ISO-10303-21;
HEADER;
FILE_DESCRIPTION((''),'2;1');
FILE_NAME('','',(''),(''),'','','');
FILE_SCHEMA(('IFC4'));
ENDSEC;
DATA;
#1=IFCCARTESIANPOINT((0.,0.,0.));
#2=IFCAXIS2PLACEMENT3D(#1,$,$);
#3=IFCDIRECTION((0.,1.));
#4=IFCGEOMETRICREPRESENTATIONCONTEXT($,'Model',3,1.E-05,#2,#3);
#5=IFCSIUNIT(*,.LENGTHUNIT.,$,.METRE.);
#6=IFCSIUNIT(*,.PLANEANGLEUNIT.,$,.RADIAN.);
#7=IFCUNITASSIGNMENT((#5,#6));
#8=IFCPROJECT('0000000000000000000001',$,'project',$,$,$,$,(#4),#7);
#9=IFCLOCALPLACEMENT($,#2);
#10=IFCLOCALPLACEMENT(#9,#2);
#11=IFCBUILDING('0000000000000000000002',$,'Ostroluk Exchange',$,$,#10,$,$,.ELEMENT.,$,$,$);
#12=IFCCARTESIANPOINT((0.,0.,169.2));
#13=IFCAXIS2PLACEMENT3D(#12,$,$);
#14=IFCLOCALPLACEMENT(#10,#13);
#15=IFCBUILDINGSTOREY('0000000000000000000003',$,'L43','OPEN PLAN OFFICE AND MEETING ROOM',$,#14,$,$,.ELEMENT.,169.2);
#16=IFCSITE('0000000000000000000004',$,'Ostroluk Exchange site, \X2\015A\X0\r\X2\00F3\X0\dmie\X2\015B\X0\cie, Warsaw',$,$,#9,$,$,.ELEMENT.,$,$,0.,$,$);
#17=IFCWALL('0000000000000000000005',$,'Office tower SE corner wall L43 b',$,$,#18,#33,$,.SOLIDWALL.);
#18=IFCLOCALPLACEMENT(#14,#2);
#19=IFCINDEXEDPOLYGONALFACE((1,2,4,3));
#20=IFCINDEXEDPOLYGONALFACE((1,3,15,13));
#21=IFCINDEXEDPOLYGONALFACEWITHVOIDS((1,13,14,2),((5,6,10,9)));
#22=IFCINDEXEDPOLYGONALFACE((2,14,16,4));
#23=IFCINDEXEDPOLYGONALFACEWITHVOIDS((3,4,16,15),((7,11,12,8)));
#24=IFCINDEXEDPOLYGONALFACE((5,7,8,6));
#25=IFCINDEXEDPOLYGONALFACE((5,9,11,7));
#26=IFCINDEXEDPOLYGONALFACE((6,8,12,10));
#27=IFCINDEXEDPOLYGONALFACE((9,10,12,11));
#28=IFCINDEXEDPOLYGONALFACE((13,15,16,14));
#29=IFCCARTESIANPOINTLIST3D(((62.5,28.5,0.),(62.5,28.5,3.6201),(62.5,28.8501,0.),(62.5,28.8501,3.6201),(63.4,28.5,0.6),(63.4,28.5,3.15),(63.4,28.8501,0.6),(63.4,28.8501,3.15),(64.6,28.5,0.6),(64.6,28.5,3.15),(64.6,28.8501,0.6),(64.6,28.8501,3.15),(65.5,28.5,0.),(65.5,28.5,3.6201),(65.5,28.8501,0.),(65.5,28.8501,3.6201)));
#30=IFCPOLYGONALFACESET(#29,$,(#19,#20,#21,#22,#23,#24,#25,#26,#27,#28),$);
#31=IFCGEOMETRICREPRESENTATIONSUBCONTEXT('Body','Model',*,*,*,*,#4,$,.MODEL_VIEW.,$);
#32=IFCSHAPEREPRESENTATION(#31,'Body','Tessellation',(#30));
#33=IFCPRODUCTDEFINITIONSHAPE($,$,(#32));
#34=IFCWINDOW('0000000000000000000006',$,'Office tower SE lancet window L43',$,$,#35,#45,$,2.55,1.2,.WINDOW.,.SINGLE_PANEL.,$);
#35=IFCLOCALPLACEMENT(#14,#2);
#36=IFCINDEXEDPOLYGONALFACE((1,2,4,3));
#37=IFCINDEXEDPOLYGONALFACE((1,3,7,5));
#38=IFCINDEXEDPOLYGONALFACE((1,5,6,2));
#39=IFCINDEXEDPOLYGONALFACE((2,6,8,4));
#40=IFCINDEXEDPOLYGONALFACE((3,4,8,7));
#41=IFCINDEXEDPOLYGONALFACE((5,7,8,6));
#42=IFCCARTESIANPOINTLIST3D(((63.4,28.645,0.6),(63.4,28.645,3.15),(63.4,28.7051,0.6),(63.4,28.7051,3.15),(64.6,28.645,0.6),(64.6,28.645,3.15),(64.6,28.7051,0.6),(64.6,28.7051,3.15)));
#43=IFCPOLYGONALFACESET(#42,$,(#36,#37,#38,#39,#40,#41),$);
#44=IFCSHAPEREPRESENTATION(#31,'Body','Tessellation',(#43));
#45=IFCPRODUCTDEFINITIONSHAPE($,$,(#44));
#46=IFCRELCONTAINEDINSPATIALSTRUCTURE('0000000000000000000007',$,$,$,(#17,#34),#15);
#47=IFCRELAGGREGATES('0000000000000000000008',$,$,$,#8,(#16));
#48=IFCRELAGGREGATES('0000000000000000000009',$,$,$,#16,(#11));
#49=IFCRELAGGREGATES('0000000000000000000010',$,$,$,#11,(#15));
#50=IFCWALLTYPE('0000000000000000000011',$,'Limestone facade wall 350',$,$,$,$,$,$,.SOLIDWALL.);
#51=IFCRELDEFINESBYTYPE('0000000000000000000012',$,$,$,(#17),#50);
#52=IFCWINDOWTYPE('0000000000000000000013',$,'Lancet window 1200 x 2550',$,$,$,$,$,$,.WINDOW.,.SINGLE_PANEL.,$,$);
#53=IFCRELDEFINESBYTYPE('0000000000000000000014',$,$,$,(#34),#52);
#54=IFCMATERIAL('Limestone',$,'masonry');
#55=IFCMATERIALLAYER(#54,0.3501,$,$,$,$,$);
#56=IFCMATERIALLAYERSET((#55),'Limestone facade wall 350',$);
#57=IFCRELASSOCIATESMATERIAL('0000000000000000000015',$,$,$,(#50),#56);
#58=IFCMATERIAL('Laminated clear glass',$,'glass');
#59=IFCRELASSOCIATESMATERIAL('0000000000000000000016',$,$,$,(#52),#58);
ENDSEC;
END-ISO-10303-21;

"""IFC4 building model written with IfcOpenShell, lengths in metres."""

from ifc_helpers import new_model, si_unit, direction, frame, frame_2d, origin, place, context, subcontext, project, spatial, rectangle, extrude, material, layer, layer_set, type_object, element, fill, save


model = new_model("IFC4")

# Units and contexts
model_context = context("Model", 3, precision=1e-05, world=origin(), true_north=direction((0.0, 1.0)))
body_context = subcontext(model_context, "Body", "Model", "MODEL_VIEW")
ifc_project = project(units=[si_unit("LENGTHUNIT", "METRE"), si_unit("PLANEANGLEUNIT", "RADIAN")], contexts=[model_context])

# Site, building, storey
site_placement = place(None, origin())
site = spatial("IfcSite", under=ifc_project, at=site_placement, Name="Ostroluk Exchange site, Śródmieście, Warsaw", CompositionType="ELEMENT", RefElevation=0.0)
building_placement = place(site_placement, origin())
building = spatial("IfcBuilding", under=site, at=building_placement, Name="Ostroluk Exchange", CompositionType="ELEMENT")
storey_placement = place(building_placement, frame((0.0, 0.0, 169.2)))
storey = spatial("IfcBuildingStorey", under=building, at=storey_placement, Name="L43", Description="OPEN PLAN OFFICE AND MEETING ROOM", CompositionType="ELEMENT", Elevation=169.2)

# Shared definitions
ifc_material_1 = material(Name="Limestone", Category="masonry")
ifc_layer_1 = layer(ifc_material_1, 0.3501)
ifc_layer_set_1 = layer_set([ifc_layer_1], Name="Limestone facade wall 350")
wall_type = type_object("IfcWallType", Name="Limestone facade wall 350", PredefinedType="SOLIDWALL", material=ifc_layer_set_1)

# Wall, opening, window
wall_1_placement = place(storey_placement, frame((62.5, 28.675, 0.0), z_axis=(0.0, 0.0, 1.0), x_axis=(1.0, 0.0, 0.0)))
wall_1 = element("IfcWall", 1, at=wall_1_placement, inside=storey, type_object=wall_type, Name="Office tower SE corner wall L43 b", PredefinedType="SOLIDWALL", context=body_context, shape_type="SweptSolid", body=[
    extrude(rectangle(XDim=3.0, YDim=0.3501, at=frame_2d((1.5, 0.0))), origin(), (0.0, 0.0, 1.0), 3.6201),
])
opening_1_placement = place(wall_1_placement, frame((0.8999, 0.0, 0.6001)))
opening_1 = element("IfcOpeningElement", 2, at=opening_1_placement, cuts=wall_1, PredefinedType="OPENING", context=body_context, shape_type="SweptSolid", body=[
    extrude(rectangle(XDim=1.2, YDim=2.55, at=frame_2d((0.6001, 1.2749))), frame((0.0, 0.1851, 0.0), z_axis=(0.0, -1.0, 0.0), x_axis=(1.0, 0.0, 0.0)), (0.0, 0.0, 1.0), 0.3701),
])
ifc_material_2 = material(Name="Laminated clear glass", Category="glass")
window_type = type_object("IfcWindowType", Name="Lancet window 1200 x 2550", PartitioningType="SINGLE_PANEL", PredefinedType="WINDOW", material=ifc_material_2)
window_placement = place(opening_1_placement, origin())
window = element("IfcWindow", 3, at=window_placement, inside=storey, type_object=window_type, Name="Office tower SE lancet window L43", OverallHeight=2.55, OverallWidth=1.2, PartitioningType="SINGLE_PANEL", PredefinedType="WINDOW", context=body_context, shape_type="SweptSolid", body=[
    extrude(rectangle(XDim=1.2, YDim=2.55, at=frame_2d((0.6001, 1.2749))), frame((0.0, 0.03, 0.0), z_axis=(0.0, -1.0, 0.0), x_axis=(1.0, 0.0, 0.0)), (0.0, 0.0, 1.0), 0.0601),
])
fill(opening_1, window)

save(model, "model.ifc")
